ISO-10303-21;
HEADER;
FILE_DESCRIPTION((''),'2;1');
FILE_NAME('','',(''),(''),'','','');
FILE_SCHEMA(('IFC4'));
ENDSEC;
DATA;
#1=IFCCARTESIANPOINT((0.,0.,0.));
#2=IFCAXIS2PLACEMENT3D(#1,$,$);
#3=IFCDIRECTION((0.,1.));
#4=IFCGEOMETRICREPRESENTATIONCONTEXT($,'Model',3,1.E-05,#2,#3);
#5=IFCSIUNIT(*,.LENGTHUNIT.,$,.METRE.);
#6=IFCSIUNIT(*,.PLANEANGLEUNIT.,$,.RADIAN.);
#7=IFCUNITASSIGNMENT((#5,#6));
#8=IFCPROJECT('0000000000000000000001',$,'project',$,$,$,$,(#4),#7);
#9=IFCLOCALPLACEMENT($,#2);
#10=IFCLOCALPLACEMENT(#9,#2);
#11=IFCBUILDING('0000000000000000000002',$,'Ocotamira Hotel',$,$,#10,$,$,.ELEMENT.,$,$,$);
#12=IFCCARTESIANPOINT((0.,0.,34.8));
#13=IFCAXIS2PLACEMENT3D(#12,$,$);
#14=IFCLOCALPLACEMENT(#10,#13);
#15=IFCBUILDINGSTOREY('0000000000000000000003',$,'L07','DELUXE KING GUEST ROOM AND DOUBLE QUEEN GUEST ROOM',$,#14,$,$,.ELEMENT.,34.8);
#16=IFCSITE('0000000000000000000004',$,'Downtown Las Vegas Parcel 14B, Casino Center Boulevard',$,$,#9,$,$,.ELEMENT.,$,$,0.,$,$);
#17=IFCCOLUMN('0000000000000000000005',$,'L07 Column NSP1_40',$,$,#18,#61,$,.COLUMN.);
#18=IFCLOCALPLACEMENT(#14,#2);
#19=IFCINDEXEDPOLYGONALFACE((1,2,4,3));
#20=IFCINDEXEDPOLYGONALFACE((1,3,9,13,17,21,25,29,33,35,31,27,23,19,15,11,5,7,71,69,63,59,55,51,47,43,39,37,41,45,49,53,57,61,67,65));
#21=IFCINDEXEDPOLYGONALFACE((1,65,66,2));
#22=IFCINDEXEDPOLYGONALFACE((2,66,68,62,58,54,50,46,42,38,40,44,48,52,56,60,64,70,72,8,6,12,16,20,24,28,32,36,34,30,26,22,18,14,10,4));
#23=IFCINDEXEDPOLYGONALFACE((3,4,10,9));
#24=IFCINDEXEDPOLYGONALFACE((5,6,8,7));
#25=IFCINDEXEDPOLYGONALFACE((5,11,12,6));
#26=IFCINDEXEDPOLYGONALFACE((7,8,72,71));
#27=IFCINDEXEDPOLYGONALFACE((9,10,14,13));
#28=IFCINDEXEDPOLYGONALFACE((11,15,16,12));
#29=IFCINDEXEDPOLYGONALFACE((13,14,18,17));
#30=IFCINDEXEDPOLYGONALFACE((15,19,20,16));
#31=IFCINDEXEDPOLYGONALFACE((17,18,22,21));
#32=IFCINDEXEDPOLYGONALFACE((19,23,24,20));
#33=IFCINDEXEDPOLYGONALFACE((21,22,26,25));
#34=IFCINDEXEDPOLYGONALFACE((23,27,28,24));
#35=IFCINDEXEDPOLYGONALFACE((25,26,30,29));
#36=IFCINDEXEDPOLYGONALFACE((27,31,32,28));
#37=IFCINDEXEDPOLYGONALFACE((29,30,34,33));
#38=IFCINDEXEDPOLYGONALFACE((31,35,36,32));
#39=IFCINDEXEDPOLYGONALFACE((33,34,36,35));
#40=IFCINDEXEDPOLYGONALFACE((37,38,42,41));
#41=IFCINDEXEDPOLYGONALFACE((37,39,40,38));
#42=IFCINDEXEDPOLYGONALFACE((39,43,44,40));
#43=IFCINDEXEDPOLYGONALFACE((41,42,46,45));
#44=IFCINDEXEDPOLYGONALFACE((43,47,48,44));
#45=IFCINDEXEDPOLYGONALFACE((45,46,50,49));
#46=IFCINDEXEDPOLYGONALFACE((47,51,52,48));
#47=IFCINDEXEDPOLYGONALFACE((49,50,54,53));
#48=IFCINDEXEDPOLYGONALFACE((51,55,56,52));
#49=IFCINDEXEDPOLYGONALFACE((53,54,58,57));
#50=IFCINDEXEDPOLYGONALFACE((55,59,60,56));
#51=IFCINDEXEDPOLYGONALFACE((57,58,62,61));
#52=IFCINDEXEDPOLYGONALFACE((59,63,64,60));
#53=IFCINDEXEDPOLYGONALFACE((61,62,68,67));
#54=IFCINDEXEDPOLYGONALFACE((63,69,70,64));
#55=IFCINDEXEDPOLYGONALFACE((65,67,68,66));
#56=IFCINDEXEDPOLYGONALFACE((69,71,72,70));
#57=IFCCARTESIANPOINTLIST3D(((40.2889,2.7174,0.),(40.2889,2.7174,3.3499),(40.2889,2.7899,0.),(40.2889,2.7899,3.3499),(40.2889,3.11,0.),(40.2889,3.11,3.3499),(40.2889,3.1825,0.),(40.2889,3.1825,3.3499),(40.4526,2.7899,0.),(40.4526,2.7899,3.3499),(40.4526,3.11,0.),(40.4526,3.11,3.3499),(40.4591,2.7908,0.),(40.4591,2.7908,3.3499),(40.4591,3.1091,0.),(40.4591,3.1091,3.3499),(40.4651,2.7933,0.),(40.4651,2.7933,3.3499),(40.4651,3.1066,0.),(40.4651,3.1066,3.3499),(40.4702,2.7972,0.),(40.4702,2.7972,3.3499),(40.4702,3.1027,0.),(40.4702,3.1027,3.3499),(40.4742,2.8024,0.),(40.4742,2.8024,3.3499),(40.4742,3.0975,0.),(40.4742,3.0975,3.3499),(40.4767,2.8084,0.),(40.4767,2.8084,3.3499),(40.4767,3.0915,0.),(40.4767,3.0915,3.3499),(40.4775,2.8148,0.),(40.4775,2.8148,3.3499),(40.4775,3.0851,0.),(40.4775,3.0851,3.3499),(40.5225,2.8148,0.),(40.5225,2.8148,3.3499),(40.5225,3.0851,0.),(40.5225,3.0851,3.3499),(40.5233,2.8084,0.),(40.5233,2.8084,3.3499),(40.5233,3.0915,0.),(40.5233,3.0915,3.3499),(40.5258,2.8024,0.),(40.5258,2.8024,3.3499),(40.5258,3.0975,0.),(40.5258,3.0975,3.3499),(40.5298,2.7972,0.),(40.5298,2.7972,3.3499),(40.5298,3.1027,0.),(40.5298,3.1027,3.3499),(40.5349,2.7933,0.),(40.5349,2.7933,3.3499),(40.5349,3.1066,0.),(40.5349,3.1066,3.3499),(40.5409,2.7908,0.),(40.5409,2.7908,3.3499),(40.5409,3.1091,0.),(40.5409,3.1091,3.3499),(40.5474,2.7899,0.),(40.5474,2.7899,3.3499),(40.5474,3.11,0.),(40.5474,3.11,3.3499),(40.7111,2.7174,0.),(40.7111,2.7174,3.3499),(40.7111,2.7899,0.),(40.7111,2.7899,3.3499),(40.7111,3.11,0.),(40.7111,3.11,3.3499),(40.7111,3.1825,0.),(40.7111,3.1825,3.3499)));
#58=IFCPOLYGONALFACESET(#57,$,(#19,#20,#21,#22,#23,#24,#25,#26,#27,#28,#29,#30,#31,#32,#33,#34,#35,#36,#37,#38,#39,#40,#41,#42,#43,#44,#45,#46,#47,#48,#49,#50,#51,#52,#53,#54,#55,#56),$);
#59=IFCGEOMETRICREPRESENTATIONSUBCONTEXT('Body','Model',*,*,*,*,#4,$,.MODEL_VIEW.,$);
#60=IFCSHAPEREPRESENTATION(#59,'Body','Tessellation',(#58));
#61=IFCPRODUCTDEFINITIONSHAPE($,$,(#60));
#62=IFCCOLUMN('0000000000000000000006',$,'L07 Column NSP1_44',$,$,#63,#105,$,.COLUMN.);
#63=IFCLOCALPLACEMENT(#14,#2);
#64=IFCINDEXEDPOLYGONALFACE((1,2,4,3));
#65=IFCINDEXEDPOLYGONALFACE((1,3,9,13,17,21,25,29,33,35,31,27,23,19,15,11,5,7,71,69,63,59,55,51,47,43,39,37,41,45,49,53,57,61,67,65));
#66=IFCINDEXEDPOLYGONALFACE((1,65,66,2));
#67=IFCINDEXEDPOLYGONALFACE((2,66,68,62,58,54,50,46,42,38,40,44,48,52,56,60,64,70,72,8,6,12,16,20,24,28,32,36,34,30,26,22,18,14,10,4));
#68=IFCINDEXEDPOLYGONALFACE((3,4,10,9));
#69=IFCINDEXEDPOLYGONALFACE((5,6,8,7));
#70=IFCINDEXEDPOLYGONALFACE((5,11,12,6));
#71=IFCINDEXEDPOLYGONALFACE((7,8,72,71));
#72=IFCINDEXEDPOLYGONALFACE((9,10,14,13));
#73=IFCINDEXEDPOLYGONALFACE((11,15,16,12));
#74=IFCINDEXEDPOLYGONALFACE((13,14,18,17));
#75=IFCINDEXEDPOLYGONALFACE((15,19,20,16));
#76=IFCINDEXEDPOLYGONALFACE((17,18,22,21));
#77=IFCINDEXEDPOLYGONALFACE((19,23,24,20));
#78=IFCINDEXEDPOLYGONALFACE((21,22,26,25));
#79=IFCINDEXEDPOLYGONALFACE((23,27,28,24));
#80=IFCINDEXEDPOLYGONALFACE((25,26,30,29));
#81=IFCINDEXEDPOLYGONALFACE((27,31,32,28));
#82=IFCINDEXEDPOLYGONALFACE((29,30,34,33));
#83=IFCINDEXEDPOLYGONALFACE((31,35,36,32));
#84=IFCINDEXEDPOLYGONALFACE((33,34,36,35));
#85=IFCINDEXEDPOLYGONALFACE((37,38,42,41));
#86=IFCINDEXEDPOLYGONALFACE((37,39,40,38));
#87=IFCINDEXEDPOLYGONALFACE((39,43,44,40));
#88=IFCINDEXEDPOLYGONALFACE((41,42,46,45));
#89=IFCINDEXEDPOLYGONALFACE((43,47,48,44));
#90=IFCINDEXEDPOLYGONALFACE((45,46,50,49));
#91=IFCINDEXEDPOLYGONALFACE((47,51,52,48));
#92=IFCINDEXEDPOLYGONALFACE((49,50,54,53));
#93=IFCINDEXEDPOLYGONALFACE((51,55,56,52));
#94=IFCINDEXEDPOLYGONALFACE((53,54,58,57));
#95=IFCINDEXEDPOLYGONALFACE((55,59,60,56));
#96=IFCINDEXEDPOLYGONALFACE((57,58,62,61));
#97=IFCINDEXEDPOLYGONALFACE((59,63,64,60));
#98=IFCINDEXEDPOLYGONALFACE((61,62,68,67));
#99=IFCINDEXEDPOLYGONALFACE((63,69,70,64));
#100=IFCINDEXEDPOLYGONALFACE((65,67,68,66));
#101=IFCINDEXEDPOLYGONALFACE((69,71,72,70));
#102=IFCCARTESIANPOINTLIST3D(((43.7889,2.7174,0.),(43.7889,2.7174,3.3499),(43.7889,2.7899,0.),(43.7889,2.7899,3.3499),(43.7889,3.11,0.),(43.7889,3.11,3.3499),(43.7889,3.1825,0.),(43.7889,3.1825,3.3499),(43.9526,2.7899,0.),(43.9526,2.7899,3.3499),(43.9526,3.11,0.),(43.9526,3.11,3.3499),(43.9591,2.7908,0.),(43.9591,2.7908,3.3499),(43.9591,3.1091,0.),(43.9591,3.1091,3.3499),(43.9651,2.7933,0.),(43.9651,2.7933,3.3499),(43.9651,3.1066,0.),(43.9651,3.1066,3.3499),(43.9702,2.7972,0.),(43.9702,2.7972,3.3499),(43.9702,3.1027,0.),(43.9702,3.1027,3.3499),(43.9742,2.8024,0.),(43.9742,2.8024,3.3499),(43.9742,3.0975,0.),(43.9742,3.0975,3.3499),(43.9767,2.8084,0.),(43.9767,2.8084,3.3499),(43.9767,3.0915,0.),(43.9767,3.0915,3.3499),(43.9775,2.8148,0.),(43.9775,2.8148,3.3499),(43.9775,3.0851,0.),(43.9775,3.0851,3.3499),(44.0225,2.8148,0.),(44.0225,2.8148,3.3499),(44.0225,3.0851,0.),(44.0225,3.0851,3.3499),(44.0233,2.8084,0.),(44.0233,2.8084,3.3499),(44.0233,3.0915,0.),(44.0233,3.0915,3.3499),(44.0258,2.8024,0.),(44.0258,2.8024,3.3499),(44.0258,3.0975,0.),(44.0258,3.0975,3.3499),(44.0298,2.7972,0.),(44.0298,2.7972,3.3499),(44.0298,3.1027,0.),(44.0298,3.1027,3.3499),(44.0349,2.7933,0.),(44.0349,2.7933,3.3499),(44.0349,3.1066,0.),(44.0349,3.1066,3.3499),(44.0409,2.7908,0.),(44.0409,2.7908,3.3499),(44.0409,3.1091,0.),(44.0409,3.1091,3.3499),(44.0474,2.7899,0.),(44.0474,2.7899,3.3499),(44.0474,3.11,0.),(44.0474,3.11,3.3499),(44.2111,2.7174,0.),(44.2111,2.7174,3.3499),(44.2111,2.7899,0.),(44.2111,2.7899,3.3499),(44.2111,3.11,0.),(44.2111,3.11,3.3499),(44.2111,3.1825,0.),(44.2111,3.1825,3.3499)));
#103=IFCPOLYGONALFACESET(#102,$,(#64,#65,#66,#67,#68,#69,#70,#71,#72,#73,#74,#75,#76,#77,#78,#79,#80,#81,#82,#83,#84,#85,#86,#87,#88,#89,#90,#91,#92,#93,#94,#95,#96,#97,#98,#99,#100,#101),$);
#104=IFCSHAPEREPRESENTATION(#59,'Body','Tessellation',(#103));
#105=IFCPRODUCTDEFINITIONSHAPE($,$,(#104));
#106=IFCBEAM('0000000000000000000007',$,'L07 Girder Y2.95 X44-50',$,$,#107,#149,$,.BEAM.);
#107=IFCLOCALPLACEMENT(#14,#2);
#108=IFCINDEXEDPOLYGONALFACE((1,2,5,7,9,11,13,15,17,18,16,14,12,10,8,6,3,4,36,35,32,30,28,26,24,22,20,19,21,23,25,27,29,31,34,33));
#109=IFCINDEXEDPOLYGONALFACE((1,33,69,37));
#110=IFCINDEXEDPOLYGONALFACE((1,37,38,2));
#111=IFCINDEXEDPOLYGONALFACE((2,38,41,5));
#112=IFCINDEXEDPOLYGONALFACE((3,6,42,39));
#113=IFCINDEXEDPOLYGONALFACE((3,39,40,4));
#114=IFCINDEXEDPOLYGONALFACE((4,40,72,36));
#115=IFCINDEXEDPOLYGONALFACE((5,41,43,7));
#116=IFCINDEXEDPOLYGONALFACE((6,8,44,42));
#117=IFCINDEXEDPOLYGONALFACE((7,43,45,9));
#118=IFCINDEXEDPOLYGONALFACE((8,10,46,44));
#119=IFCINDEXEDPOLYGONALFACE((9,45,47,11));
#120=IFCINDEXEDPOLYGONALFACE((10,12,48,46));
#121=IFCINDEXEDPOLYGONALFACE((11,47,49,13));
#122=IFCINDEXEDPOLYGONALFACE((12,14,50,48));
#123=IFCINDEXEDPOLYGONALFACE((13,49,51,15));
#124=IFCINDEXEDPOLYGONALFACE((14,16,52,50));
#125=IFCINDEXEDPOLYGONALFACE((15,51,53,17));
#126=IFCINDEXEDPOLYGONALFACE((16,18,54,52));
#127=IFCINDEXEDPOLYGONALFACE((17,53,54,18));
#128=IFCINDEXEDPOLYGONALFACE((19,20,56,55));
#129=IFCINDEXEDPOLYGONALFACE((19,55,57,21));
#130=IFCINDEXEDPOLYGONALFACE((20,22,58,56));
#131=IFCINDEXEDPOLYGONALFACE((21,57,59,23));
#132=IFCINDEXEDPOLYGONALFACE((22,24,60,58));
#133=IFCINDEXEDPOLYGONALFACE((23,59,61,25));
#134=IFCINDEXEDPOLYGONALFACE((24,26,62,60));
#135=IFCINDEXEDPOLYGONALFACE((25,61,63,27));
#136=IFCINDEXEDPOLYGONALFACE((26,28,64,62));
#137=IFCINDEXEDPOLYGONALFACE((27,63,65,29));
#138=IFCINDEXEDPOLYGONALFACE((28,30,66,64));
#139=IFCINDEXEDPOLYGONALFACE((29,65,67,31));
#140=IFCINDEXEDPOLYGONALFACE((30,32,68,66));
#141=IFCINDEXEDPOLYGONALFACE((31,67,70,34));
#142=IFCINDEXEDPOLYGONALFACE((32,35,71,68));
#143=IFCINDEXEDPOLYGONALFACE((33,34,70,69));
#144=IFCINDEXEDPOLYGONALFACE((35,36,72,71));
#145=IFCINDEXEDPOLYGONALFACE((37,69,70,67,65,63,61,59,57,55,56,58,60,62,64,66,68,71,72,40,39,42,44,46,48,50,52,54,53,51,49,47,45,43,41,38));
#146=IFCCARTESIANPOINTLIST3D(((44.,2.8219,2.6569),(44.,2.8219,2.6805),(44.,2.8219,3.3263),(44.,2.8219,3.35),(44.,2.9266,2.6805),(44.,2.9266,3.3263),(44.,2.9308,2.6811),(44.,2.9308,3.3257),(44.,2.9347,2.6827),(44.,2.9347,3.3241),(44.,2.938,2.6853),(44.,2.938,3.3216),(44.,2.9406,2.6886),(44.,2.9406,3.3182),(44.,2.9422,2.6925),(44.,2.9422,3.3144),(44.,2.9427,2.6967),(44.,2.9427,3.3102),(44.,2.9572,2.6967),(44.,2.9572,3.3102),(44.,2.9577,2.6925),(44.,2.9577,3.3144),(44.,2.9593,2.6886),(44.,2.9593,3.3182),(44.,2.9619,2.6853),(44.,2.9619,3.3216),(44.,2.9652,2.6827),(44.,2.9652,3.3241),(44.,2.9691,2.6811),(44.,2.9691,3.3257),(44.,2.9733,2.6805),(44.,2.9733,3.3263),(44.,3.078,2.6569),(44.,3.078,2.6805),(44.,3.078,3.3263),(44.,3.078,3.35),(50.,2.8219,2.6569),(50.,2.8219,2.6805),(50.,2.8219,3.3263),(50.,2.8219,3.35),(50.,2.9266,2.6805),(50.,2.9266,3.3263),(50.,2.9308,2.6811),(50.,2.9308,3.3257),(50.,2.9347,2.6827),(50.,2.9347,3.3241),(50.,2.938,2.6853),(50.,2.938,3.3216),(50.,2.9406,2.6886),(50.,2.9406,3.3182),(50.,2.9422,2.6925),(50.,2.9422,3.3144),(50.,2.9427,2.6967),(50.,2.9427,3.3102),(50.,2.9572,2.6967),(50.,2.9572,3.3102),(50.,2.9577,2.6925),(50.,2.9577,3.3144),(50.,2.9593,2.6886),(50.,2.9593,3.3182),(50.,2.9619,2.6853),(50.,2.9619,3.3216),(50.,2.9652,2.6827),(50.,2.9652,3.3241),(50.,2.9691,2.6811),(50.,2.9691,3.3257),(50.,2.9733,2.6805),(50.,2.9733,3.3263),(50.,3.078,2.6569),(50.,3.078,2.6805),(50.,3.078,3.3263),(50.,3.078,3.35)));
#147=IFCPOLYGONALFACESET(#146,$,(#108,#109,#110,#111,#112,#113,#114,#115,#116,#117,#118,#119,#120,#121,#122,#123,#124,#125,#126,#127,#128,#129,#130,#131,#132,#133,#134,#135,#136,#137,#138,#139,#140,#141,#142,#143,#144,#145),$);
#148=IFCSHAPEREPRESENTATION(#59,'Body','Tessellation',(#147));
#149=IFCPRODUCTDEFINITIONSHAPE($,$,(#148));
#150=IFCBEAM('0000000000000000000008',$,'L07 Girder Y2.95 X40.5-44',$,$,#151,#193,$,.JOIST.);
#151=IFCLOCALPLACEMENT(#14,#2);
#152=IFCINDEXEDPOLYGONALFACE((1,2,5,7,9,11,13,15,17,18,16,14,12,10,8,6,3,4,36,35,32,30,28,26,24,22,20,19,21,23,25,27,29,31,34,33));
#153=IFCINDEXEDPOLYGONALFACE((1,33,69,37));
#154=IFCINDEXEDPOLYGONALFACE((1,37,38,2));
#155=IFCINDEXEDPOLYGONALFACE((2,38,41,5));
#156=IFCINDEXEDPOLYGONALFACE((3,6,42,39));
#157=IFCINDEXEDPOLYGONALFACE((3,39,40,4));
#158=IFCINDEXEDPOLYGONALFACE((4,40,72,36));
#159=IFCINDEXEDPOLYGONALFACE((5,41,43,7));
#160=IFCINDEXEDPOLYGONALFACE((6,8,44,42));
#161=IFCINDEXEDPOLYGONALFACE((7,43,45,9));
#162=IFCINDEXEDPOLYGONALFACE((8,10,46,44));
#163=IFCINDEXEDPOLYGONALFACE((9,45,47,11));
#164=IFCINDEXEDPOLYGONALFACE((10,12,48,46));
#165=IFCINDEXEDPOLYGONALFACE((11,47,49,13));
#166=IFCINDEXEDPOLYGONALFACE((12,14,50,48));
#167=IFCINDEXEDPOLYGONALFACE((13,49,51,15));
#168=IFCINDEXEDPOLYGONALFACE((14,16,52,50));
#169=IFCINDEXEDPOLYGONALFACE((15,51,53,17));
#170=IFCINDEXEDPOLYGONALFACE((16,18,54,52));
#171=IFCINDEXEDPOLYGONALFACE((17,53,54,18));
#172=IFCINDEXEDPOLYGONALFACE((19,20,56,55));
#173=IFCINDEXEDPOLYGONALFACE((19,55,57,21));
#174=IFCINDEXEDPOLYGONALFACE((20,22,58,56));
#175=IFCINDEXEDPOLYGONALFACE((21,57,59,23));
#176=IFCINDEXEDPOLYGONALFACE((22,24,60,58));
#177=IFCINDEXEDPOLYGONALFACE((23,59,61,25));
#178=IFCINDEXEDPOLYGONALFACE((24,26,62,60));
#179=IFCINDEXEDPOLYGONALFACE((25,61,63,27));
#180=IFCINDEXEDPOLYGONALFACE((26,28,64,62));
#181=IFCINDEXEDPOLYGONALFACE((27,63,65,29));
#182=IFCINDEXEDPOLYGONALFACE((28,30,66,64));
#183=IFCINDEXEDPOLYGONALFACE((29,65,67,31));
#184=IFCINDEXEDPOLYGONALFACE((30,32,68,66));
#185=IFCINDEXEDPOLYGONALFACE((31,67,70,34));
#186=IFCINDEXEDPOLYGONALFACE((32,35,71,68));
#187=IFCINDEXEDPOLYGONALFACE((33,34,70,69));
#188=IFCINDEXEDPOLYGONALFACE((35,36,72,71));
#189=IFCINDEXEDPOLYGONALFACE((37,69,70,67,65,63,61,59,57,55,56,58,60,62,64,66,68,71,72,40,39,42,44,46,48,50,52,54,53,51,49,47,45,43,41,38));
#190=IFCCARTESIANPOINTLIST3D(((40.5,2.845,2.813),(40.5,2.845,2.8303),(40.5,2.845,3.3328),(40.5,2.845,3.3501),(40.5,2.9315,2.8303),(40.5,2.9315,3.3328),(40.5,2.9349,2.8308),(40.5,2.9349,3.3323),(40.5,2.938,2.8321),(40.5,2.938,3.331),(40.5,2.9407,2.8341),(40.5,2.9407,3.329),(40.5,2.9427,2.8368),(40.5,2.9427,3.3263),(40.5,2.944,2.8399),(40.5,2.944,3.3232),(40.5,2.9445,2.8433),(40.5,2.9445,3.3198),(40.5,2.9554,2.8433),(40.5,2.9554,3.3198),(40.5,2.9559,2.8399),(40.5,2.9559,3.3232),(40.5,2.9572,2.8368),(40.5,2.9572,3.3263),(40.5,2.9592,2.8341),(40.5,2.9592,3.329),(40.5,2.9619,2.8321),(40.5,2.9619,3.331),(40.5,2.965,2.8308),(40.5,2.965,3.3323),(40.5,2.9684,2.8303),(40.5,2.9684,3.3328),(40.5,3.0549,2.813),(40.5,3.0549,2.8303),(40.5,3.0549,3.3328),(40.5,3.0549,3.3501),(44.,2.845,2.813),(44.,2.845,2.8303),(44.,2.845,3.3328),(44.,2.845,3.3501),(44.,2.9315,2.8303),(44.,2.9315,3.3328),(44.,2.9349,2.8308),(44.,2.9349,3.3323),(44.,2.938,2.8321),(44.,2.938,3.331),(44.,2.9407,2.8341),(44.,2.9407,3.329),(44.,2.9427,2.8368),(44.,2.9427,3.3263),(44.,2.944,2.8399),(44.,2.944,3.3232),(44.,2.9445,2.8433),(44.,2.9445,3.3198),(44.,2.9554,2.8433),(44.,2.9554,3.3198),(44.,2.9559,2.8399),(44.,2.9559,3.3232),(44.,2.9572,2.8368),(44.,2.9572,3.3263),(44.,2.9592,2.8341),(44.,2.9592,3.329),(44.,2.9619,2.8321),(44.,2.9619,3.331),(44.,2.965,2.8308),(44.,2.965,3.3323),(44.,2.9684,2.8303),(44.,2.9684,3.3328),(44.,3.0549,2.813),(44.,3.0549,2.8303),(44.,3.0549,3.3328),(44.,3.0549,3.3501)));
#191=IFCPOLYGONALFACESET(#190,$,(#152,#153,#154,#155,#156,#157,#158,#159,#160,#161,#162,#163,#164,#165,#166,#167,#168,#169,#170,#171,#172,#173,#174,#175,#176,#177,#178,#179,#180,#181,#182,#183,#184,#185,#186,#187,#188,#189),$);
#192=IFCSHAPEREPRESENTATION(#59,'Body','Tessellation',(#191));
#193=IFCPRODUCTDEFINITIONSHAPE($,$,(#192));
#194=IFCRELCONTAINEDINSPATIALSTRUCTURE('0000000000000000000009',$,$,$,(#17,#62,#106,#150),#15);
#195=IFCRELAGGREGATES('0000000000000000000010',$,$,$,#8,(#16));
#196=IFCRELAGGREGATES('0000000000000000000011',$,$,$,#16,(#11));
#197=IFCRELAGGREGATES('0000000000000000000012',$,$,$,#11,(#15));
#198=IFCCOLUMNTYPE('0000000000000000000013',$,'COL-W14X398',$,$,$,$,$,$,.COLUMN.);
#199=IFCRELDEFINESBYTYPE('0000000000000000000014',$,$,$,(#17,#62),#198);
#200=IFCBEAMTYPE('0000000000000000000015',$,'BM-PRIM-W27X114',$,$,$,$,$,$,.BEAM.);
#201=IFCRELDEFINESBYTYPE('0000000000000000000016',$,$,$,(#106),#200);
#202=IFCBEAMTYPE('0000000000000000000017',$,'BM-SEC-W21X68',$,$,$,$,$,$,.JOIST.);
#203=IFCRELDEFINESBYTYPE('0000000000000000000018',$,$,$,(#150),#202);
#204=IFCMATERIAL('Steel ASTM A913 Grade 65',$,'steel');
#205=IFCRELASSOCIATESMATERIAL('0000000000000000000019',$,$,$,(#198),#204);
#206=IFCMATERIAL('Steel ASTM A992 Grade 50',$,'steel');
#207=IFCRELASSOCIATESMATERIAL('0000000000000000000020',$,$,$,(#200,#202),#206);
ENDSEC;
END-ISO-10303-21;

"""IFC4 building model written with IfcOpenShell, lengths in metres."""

from ifc_helpers import new_model, si_unit, direction, frame, origin, origin_2d, place, context, subcontext, project, spatial, i_section, extrude, source, transform, mapped, material, material_profile, profile_set, type_object, element, save


model = new_model("IFC4")

# Units and contexts
model_context = context("Model", 3, precision=1e-05, world=origin(), true_north=direction((0.0, 1.0)))
body_context = subcontext(model_context, "Body", "Model", "MODEL_VIEW")
ifc_project = project(units=[si_unit("LENGTHUNIT", "METRE"), si_unit("PLANEANGLEUNIT", "RADIAN")], contexts=[model_context])

# Site, building, storey
site_placement = place(None, origin())
site = spatial("IfcSite", under=ifc_project, at=site_placement, Name="Downtown Las Vegas Parcel 14B, Casino Center Boulevard", CompositionType="ELEMENT", RefElevation=0.0)
building_placement = place(site_placement, origin())
building = spatial("IfcBuilding", under=site, at=building_placement, Name="Ocotamira Hotel", CompositionType="ELEMENT")
storey_placement = place(building_placement, frame((0.0, 0.0, 34.8)))
storey = spatial("IfcBuildingStorey", under=building, at=storey_placement, Name="L07", Description="DELUXE KING GUEST ROOM AND DOUBLE QUEEN GUEST ROOM", CompositionType="ELEMENT", Elevation=34.8)

# Columns
ifc_material_1 = material(Name="Steel ASTM A913 Grade 65", Category="steel")
ifc_material_profile_1 = material_profile(ifc_material_1, i_section(OverallWidth=0.4221, OverallDepth=0.4651, WebThickness=0.0449, FlangeThickness=0.0725, FilletRadius=0.0249, at=origin_2d()), Name="W14X398")
ifc_profile_set_1 = profile_set([ifc_material_profile_1], Name="Steel ASTM A913 Grade 65")
column_type = type_object("IfcColumnType", Name="COL-W14X398", PredefinedType="COLUMN", material=ifc_profile_set_1)
shared_shape_1 = source(origin(), body_context, "Body", "SweptSolid", [
    extrude(i_section(OverallWidth=0.4221, OverallDepth=0.4651, WebThickness=0.0449, FlangeThickness=0.0725, FilletRadius=0.0249, at=origin_2d()), origin(), (0.0, 0.0, 1.0), 3.3499),
])
for number, where, z_axis, x_axis, name in (
    (1, (40.5, 2.95, 0.0), (0.0, 0.0, 1.0), (1.0, 0.0, 0.0), "L07 Column NSP1_40"),
    (2, (44.0, 2.95, 0.0), (0.0, 0.0, 1.0), (1.0, 0.0, 0.0), "L07 Column NSP1_44"),
):
    element("IfcColumn", number, at=place(storey_placement, frame(where, z_axis=z_axis, x_axis=x_axis)), inside=storey, type_object=column_type, Name=name, PredefinedType="COLUMN", context=body_context, shape_type="MappedRepresentation", body=[
        mapped(shared_shape_1, transform((0.0, 0.0, 0.0), scale=1.0)),
    ])

# Beams
ifc_material_2 = material(Name="Steel ASTM A992 Grade 50", Category="steel")
ifc_material_profile_2 = material_profile(ifc_material_2, i_section(OverallWidth=0.2561, OverallDepth=0.6931, WebThickness=0.0144, FlangeThickness=0.0237, FilletRadius=0.0161, at=origin_2d()), Name="W27X114")
ifc_profile_set_2 = profile_set([ifc_material_profile_2], Name="Steel ASTM A992 Grade 50")
beam_type_1 = type_object("IfcBeamType", Name="BM-PRIM-W27X114", PredefinedType="BEAM", material=ifc_profile_set_2)
shared_shape_2 = source(origin(), body_context, "Body", "SweptSolid", [
    extrude(i_section(OverallWidth=0.2561, OverallDepth=0.6931, WebThickness=0.0144, FlangeThickness=0.0237, FilletRadius=0.0161, at=origin_2d()), origin(), (0.0, 0.0, 1.0), 6.0),
])
beam_1_placement = place(storey_placement, frame((44.0, 2.95, 3.0034), z_axis=(1.0, 0.0, 0.0), x_axis=(0.0, 1.0, 0.0)))
element("IfcBeam", 3, at=beam_1_placement, inside=storey, type_object=beam_type_1, Name="L07 Girder Y2.95 X44-50", PredefinedType="BEAM", context=body_context, shape_type="MappedRepresentation", body=[
    mapped(shared_shape_2, transform((0.0, 0.0, 0.0), scale=1.0)),
])
ifc_material_profile_3 = material_profile(ifc_material_2, i_section(OverallWidth=0.21, OverallDepth=0.5371, WebThickness=0.011, FlangeThickness=0.0173, FilletRadius=0.0129, at=origin_2d()), Name="W21X68")
ifc_profile_set_3 = profile_set([ifc_material_profile_3], Name="Steel ASTM A992 Grade 50")
beam_type_2 = type_object("IfcBeamType", Name="BM-SEC-W21X68", PredefinedType="JOIST", material=ifc_profile_set_3)
shared_shape_3 = source(origin(), body_context, "Body", "SweptSolid", [
    extrude(i_section(OverallWidth=0.21, OverallDepth=0.5371, WebThickness=0.011, FlangeThickness=0.0173, FilletRadius=0.0129, at=origin_2d()), origin(), (0.0, 0.0, 1.0), 3.5),
])
beam_2_placement = place(storey_placement, frame((40.5, 2.95, 3.0815), z_axis=(1.0, 0.0, 0.0), x_axis=(0.0, 1.0, 0.0)))
element("IfcBeam", 4, at=beam_2_placement, inside=storey, type_object=beam_type_2, Name="L07 Girder Y2.95 X40.5-44", PredefinedType="JOIST", context=body_context, shape_type="MappedRepresentation", body=[
    mapped(shared_shape_3, transform((0.0, 0.0, 0.0), scale=1.0)),
])

save(model, "model.ifc")
